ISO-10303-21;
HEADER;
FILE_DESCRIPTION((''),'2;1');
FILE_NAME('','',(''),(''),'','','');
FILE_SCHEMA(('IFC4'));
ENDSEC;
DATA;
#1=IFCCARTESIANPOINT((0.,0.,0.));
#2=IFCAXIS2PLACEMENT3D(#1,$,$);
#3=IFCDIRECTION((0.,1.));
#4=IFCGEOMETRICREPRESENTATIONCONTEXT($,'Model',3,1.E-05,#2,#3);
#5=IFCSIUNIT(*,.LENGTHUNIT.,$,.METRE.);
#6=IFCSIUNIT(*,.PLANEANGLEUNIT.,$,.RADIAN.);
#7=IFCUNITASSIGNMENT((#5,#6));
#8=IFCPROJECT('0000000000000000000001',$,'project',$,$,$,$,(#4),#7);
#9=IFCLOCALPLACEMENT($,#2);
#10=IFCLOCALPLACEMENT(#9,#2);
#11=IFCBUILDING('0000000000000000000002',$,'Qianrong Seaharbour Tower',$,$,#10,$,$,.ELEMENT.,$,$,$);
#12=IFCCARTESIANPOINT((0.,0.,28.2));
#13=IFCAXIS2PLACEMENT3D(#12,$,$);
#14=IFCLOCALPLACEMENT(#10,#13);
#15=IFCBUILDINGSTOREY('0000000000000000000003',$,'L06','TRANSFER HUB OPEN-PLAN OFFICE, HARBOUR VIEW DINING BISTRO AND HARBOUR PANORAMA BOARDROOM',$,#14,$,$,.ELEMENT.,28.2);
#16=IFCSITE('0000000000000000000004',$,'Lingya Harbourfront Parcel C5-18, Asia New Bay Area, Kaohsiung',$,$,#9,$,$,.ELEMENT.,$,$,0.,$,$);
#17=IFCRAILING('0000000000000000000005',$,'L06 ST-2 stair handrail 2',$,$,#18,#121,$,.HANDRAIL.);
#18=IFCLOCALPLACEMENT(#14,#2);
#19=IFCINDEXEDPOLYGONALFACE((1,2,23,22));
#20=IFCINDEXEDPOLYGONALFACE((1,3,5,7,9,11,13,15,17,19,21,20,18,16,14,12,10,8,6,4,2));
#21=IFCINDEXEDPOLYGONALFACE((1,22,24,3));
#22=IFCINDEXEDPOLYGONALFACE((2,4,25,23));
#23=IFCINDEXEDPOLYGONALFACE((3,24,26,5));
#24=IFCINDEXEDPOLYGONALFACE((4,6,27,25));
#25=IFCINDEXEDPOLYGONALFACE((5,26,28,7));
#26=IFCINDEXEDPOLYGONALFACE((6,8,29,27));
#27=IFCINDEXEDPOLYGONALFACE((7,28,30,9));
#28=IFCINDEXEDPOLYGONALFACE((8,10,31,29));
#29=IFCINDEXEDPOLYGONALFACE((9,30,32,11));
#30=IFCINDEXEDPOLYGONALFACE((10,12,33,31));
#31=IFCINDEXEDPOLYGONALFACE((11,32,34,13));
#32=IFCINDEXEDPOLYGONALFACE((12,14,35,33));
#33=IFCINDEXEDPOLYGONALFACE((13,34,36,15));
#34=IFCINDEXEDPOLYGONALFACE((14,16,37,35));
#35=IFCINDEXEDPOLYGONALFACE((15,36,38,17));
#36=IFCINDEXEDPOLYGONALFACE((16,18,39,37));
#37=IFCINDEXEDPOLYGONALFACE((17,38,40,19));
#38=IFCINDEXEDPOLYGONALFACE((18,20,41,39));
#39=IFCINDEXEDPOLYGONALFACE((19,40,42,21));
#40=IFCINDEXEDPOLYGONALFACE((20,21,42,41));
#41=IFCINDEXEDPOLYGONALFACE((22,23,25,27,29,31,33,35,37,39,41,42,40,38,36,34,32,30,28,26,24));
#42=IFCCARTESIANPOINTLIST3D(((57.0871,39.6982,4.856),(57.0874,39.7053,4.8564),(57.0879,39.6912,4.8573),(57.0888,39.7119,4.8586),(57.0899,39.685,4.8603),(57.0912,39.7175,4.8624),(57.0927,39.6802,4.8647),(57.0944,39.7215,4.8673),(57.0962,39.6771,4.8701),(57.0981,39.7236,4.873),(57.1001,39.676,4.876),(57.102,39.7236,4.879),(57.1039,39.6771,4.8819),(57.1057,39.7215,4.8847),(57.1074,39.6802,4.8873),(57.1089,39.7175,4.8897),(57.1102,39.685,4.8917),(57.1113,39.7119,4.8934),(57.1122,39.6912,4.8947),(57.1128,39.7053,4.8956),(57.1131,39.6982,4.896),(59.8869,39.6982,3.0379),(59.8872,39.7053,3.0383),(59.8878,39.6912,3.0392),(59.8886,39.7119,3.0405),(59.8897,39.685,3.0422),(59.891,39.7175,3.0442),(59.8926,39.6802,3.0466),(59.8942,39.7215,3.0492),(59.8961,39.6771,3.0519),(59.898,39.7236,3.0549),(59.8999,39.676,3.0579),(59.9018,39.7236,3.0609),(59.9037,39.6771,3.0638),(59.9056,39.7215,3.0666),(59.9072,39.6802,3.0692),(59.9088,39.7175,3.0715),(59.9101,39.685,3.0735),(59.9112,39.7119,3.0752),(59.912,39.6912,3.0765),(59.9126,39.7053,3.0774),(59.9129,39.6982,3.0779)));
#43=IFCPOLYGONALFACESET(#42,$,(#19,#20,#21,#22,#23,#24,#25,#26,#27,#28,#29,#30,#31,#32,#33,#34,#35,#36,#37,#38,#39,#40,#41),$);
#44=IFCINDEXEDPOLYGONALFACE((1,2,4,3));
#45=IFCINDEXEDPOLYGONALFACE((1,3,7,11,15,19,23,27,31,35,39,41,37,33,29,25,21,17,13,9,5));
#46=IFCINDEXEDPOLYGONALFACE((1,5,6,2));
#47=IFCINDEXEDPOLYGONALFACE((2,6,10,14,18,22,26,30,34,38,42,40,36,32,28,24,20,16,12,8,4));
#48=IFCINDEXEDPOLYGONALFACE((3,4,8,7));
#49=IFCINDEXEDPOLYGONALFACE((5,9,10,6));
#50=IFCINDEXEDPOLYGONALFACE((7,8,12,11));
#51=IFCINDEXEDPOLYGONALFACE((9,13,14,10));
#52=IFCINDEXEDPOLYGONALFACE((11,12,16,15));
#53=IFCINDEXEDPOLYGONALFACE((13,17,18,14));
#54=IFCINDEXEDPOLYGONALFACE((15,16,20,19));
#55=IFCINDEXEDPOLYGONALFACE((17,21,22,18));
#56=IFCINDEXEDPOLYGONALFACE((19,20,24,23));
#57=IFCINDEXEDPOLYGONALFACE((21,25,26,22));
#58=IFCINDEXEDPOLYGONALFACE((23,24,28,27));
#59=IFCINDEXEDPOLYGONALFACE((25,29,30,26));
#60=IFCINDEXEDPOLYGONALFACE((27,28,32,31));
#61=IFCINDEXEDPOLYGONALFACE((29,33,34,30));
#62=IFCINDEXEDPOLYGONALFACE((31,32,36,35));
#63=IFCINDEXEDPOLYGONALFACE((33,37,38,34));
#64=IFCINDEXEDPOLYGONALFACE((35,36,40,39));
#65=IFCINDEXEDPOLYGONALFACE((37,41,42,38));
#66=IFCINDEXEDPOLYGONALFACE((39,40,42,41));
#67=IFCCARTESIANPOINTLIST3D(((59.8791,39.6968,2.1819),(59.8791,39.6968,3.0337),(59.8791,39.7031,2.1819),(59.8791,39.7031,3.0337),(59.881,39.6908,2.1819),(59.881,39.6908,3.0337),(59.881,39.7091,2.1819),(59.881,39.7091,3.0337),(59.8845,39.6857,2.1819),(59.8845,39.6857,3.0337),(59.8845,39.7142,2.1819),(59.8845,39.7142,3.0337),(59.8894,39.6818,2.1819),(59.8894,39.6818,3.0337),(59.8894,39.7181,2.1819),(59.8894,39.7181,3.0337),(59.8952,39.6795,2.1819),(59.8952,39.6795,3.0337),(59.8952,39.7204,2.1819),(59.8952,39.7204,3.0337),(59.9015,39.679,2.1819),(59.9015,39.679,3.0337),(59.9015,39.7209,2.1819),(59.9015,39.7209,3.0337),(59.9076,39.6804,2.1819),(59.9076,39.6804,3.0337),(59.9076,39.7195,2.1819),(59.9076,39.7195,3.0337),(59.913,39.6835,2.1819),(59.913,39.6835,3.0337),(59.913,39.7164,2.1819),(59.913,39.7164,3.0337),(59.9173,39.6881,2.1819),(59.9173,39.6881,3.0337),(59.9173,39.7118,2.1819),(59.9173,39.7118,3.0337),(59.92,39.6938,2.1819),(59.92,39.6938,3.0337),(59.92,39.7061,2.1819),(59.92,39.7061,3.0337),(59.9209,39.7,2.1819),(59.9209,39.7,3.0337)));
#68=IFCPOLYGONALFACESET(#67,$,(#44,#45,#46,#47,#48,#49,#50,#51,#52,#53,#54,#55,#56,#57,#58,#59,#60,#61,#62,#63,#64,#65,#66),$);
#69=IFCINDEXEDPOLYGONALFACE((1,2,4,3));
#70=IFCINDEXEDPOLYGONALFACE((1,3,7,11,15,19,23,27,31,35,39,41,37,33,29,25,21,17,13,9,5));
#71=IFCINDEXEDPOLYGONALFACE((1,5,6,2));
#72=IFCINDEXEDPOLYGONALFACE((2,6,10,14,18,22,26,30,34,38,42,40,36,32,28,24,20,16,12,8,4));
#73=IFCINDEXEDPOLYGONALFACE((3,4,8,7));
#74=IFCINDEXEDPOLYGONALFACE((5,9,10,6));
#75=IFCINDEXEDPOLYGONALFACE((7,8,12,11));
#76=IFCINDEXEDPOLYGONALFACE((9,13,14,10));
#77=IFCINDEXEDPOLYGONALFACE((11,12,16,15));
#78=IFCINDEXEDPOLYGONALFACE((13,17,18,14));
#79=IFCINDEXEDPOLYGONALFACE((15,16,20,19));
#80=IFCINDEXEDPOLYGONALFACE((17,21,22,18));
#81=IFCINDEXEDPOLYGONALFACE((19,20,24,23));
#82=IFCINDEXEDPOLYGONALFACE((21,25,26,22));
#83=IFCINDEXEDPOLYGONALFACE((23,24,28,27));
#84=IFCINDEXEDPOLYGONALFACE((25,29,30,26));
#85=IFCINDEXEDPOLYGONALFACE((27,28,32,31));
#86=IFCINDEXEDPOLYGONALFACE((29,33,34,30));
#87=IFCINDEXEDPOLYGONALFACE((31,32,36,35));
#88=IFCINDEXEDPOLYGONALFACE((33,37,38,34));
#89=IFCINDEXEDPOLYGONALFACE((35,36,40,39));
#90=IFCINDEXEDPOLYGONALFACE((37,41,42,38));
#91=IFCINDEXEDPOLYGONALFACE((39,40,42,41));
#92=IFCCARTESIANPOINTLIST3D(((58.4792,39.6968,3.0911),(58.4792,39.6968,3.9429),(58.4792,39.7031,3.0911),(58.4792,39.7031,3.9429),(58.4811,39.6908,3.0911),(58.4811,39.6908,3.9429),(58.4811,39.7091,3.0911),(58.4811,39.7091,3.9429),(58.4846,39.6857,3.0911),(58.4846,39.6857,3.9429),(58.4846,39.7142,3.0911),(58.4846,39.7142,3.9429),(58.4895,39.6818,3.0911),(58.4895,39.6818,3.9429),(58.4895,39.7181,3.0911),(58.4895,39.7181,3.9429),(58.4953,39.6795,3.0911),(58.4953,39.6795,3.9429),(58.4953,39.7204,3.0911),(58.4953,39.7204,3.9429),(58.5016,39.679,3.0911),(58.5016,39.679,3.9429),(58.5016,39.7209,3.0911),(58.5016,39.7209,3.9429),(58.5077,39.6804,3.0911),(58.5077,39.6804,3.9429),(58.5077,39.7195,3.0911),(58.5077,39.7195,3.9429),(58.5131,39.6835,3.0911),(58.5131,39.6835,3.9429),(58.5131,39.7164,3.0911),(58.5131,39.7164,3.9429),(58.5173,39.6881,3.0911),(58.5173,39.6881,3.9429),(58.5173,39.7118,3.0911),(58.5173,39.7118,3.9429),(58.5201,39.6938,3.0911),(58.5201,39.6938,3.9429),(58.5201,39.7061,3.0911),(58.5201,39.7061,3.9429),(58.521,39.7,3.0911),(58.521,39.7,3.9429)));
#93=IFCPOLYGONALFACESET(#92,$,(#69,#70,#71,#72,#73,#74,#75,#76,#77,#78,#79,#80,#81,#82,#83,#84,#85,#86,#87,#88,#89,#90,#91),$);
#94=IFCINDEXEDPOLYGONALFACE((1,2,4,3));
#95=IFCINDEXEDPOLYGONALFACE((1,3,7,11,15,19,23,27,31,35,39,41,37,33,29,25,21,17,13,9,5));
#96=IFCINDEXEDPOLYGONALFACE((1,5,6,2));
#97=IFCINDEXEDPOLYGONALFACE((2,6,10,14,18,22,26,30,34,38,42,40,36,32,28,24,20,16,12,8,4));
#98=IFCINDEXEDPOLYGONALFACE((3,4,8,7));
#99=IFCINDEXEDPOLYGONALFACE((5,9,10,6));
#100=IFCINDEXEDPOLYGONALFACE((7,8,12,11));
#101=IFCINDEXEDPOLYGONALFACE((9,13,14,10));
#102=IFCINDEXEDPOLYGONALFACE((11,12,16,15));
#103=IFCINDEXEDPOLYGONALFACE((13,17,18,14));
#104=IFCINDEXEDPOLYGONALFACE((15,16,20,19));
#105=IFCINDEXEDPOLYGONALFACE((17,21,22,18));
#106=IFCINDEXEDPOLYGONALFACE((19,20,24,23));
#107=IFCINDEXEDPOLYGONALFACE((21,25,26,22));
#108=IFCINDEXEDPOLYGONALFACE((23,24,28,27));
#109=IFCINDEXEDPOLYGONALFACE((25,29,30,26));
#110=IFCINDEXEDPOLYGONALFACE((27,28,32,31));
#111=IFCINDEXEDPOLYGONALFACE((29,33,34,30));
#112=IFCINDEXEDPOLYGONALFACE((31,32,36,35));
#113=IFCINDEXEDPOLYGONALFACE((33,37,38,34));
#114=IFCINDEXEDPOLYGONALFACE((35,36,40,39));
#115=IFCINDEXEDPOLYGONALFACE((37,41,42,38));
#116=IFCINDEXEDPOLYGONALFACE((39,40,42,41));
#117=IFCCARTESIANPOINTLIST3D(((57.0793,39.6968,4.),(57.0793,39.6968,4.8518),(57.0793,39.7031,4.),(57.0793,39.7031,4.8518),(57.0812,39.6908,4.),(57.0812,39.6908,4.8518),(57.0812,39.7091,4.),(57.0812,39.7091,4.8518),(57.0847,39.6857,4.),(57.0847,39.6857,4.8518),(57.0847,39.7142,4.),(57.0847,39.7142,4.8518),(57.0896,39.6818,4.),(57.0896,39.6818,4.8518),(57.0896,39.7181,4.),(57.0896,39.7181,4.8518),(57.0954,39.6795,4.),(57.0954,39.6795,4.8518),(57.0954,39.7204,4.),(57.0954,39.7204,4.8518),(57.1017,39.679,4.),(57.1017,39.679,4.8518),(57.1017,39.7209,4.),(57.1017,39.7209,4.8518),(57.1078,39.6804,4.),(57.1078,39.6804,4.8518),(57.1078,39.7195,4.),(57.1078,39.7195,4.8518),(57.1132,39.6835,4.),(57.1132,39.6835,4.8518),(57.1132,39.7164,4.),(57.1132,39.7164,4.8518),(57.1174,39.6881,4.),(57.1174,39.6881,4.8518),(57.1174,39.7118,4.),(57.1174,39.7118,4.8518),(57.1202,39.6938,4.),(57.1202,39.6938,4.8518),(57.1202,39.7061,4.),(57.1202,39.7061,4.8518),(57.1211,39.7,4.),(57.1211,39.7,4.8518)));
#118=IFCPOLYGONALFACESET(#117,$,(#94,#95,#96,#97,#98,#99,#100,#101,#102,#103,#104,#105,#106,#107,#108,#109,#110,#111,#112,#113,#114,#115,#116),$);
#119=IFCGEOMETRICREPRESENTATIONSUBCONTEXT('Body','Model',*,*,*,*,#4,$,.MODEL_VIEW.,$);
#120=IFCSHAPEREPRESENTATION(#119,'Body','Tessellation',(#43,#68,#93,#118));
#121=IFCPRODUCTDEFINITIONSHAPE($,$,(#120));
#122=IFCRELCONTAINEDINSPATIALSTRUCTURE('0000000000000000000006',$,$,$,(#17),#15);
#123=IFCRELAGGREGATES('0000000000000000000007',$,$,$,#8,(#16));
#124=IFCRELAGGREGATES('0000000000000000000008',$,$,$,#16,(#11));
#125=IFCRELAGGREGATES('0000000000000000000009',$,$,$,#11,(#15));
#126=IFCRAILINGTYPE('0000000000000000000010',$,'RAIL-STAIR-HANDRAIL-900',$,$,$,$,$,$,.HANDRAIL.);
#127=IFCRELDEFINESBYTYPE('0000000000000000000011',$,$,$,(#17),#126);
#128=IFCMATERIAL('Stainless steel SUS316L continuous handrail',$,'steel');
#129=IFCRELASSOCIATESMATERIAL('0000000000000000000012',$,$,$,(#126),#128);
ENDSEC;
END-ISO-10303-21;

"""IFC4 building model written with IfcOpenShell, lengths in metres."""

from ifc_helpers import new_model, si_unit, direction, frame, origin, origin_2d, place, context, subcontext, project, spatial, circle, extrude, material, type_object, element, save


model = new_model("IFC4")

# Units and contexts
model_context = context("Model", 3, precision=1e-05, world=origin(), true_north=direction((0.0, 1.0)))
body_context = subcontext(model_context, "Body", "Model", "MODEL_VIEW")
ifc_project = project(units=[si_unit("LENGTHUNIT", "METRE"), si_unit("PLANEANGLEUNIT", "RADIAN")], contexts=[model_context])

# Site, building, storey
site_placement = place(None, origin())
site = spatial("IfcSite", under=ifc_project, at=site_placement, Name="Lingya Harbourfront Parcel C5-18, Asia New Bay Area, Kaohsiung", CompositionType="ELEMENT", RefElevation=0.0)
building_placement = place(site_placement, origin())
building = spatial("IfcBuilding", under=site, at=building_placement, Name="Qianrong Seaharbour Tower", CompositionType="ELEMENT")
storey_placement = place(building_placement, frame((0.0, 0.0, 28.2)))
storey = spatial("IfcBuildingStorey", under=building, at=storey_placement, Name="L06", Description="TRANSFER HUB OPEN-PLAN OFFICE, HARBOUR VIEW DINING BISTRO AND HARBOUR PANORAMA BOARDROOM", CompositionType="ELEMENT", Elevation=28.2)

# Railing
ifc_material_1 = material(Name="Stainless steel SUS316L continuous handrail", Category="steel")
railing_type_1 = type_object("IfcRailingType", Name="RAIL-STAIR-HANDRAIL-900", PredefinedType="HANDRAIL", material=ifc_material_1)
railing_1_placement = place(storey_placement, frame((59.8999, 39.7, 2.1819)))
element("IfcRailing", 1, at=railing_1_placement, inside=storey, type_object=railing_type_1, Name="L06 ST-2 stair handrail 2", PredefinedType="HANDRAIL", context=body_context, shape_type="SweptSolid", body=[
    extrude(circle(Radius=0.0239, at=origin_2d()), frame((0.0, 0.0, 0.876), z_axis=(-0.838684, 0.0, 0.544618), x_axis=(0.0, -1.0, 0.0)), (0.0, 0.0, 1.0), 3.3384),
    extrude(circle(Radius=0.021, at=origin_2d()), origin(), (0.0, 0.0, 1.0), 0.8518),
    extrude(circle(Radius=0.021, at=origin_2d()), frame((-1.3999, 0.0, 0.9092)), (0.0, 0.0, 1.0), 0.8518),
    extrude(circle(Radius=0.021, at=origin_2d()), frame((-2.7998, 0.0, 1.8181)), (0.0, 0.0, 1.0), 0.8518),
])

save(model, "model.ifc")
